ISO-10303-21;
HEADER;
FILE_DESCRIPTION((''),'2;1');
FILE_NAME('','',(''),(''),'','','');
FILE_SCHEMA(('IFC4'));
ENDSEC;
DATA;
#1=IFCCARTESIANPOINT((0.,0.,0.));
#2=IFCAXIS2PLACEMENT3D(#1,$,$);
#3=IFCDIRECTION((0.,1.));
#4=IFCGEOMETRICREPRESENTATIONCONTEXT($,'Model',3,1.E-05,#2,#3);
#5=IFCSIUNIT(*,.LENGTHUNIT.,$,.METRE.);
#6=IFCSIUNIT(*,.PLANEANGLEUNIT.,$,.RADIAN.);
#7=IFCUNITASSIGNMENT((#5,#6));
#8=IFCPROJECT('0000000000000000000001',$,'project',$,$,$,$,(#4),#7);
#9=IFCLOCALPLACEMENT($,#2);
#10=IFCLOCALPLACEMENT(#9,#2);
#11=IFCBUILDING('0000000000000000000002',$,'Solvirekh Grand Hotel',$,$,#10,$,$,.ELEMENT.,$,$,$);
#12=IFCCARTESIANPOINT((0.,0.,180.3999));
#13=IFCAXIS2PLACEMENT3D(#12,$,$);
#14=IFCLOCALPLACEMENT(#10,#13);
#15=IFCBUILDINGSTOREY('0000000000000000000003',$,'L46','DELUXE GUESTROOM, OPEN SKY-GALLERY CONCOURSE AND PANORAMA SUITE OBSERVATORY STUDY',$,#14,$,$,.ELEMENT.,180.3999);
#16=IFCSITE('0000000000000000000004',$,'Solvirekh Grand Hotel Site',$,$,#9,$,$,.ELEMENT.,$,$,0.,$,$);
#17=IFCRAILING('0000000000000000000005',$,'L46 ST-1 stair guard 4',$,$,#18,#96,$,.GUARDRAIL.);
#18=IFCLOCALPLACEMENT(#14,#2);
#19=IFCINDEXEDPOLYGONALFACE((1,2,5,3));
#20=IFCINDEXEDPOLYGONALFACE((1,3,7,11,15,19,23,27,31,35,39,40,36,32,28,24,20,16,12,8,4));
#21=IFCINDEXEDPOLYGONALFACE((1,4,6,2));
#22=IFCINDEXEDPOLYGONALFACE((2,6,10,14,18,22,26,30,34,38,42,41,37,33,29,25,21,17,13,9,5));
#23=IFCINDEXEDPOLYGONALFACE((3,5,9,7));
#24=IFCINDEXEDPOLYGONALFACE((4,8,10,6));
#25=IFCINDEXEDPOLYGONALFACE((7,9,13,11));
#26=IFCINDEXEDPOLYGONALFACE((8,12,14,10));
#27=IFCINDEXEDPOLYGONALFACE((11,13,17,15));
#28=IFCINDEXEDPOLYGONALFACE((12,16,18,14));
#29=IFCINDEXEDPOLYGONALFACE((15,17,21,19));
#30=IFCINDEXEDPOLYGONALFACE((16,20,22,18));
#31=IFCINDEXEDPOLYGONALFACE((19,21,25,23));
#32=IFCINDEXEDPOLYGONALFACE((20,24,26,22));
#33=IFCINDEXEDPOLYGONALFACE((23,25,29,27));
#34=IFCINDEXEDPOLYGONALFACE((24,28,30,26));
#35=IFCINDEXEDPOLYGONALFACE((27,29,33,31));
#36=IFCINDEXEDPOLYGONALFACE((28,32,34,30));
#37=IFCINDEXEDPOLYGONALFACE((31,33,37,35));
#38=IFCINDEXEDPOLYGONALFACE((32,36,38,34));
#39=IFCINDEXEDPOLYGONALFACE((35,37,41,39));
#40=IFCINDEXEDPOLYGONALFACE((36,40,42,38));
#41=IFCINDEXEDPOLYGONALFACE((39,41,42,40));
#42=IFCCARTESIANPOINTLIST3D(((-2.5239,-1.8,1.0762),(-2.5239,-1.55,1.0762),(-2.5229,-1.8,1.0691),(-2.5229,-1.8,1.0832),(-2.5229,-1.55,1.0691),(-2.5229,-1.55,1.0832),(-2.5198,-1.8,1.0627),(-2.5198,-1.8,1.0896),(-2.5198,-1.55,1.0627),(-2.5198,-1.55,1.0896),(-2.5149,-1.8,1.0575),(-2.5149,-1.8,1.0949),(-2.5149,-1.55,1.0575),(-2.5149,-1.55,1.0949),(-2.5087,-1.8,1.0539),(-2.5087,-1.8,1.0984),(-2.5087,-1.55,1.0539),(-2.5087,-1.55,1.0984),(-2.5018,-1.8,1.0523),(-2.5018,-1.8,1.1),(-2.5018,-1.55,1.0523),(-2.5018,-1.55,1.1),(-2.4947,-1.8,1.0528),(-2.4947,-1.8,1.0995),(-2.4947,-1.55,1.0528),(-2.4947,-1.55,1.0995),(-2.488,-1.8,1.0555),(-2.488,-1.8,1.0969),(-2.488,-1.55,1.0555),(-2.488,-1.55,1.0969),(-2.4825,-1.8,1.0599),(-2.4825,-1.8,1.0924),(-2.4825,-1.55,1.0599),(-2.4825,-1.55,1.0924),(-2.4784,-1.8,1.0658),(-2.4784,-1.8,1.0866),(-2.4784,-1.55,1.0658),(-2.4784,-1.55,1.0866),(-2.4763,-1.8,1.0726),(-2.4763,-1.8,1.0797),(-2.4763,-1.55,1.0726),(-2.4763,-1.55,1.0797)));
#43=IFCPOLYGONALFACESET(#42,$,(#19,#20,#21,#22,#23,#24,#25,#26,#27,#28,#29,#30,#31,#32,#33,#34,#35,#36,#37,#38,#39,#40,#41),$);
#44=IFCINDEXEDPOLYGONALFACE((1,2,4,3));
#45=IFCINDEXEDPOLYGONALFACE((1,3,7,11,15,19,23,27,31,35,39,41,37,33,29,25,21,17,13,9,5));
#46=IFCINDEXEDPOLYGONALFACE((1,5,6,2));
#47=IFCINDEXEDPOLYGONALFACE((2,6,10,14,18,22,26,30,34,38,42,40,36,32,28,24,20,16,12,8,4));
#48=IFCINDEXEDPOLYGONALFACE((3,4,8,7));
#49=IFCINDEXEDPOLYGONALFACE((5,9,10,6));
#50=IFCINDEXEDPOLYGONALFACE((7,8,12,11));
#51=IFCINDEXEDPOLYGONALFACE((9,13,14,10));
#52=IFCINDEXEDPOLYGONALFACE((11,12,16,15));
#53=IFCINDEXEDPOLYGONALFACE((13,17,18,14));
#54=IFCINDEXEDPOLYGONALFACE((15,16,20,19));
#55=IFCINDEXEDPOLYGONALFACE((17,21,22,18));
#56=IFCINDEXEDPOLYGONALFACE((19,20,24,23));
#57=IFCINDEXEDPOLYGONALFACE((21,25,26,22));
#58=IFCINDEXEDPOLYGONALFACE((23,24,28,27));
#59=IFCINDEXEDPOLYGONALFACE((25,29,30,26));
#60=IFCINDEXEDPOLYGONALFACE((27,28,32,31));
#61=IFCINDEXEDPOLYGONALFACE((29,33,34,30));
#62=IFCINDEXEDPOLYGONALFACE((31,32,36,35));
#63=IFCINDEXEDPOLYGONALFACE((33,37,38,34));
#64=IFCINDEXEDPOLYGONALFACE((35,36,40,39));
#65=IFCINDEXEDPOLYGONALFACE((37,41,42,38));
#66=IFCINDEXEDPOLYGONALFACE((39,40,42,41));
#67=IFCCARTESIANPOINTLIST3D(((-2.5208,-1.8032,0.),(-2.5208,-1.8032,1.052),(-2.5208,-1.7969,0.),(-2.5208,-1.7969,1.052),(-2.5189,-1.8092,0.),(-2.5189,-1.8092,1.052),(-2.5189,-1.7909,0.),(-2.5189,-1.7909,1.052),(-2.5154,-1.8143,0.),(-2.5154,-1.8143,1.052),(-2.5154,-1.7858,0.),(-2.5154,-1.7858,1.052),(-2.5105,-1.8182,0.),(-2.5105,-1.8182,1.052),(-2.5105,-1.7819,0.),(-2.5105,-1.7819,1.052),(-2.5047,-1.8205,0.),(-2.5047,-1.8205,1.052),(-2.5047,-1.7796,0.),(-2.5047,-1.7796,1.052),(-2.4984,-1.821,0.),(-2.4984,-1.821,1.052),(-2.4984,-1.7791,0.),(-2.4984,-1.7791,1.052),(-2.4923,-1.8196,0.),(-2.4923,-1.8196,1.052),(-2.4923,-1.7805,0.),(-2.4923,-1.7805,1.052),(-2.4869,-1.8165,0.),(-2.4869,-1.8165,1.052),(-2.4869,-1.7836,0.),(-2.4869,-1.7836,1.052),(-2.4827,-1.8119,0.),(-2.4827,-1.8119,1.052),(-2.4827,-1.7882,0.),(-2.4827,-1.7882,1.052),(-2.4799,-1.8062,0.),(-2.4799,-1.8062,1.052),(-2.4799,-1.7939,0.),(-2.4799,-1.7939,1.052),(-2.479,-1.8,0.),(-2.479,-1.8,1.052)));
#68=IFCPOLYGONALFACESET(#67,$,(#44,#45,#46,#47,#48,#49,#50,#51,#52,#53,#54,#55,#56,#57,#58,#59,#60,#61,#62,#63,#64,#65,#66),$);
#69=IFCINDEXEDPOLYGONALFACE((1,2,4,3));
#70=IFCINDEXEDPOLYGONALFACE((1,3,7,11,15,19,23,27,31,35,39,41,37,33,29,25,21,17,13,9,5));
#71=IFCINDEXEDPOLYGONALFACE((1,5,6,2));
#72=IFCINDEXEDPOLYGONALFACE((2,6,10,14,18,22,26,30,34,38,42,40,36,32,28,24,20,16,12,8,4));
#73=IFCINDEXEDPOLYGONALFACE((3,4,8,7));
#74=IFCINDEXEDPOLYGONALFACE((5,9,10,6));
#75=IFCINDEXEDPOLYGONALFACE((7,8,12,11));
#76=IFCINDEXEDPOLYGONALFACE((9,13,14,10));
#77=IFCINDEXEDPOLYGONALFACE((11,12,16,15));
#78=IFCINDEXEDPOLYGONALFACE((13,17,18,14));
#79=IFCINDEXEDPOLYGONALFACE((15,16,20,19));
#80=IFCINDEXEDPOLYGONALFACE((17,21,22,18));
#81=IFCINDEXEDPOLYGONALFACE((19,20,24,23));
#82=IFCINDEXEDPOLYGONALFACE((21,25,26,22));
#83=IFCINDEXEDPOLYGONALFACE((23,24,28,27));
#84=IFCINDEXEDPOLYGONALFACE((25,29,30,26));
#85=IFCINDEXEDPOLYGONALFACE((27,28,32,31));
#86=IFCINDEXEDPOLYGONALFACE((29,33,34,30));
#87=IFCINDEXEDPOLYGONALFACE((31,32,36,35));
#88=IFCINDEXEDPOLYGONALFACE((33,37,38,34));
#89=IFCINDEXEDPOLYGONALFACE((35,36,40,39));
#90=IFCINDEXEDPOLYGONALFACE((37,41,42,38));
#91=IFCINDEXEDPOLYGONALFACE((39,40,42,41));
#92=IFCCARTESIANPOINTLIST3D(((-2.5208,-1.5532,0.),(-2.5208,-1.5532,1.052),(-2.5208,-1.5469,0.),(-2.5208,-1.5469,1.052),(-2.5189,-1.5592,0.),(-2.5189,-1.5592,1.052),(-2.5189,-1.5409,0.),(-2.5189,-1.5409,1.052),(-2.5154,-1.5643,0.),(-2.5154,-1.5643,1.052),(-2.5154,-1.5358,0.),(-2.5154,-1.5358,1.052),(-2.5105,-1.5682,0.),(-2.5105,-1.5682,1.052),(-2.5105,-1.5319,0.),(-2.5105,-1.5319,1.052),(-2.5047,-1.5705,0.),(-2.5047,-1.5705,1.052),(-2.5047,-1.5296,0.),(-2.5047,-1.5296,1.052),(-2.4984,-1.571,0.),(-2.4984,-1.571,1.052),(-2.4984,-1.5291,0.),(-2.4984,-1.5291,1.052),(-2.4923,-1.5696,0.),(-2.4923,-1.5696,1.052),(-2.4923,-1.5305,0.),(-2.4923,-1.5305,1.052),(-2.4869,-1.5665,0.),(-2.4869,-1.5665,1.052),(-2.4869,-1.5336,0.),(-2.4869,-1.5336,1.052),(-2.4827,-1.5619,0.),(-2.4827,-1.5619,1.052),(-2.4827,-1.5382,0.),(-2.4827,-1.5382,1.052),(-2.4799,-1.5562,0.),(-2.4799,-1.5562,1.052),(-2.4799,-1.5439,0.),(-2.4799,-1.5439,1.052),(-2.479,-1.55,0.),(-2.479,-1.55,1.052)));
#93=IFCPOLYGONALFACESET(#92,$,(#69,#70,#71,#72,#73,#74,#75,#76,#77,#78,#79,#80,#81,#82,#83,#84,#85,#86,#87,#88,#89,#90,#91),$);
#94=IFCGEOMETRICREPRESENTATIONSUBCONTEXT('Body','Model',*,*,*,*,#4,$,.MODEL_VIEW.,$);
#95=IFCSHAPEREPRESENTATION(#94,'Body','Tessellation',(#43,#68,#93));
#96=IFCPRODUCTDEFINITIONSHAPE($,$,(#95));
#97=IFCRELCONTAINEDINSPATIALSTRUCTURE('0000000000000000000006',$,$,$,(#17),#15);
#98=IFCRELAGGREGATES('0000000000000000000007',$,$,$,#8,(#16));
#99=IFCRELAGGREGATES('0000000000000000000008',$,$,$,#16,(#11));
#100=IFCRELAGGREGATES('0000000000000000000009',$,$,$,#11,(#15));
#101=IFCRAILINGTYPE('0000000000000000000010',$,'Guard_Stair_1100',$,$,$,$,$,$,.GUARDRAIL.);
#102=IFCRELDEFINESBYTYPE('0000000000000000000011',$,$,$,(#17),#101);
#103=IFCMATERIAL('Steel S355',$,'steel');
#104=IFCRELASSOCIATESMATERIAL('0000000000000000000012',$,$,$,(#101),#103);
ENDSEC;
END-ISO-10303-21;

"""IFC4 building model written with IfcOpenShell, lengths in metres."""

from ifc_helpers import new_model, si_unit, direction, frame, origin, origin_2d, place, context, subcontext, project, spatial, circle, extrude, material, type_object, element, save


model = new_model("IFC4")

# Units and contexts
model_context = context("Model", 3, precision=1e-05, world=origin(), true_north=direction((0.0, 1.0)))
body_context = subcontext(model_context, "Body", "Model", "MODEL_VIEW")
ifc_project = project(units=[si_unit("LENGTHUNIT", "METRE"), si_unit("PLANEANGLEUNIT", "RADIAN")], contexts=[model_context])

# Site, building, storey
site_placement = place(None, origin())
site = spatial("IfcSite", under=ifc_project, at=site_placement, Name="Solvirekh Grand Hotel Site", CompositionType="ELEMENT", RefElevation=0.0)
building_placement = place(site_placement, origin())
building = spatial("IfcBuilding", under=site, at=building_placement, Name="Solvirekh Grand Hotel", CompositionType="ELEMENT")
storey_placement = place(building_placement, frame((0.0, 0.0, 180.3999)))
storey = spatial("IfcBuildingStorey", under=building, at=storey_placement, Name="L46", Description="DELUXE GUESTROOM, OPEN SKY-GALLERY CONCOURSE AND PANORAMA SUITE OBSERVATORY STUDY", CompositionType="ELEMENT", Elevation=180.3999)

# Shared definitions
ifc_material_1 = material(Name="Steel S355", Category="steel")

# Railing
railing_type_1 = type_object("IfcRailingType", Name="Guard_Stair_1100", PredefinedType="GUARDRAIL", material=ifc_material_1)
railing_1_placement = place(storey_placement, frame((-2.5, -1.8, 0.0)))
element("IfcRailing", 1, at=railing_1_placement, inside=storey, type_object=railing_type_1, Name="L46 ST-1 stair guard 4", PredefinedType="GUARDRAIL", context=body_context, shape_type="SweptSolid", body=[
    extrude(circle(Radius=0.0239, at=origin_2d()), frame((0.0, 0.0, 1.0762), z_axis=(0.0, 1.0, 0.0), x_axis=(-1.0, 0.0, 0.0)), (0.0, 0.0, 1.0), 0.25),
    extrude(circle(Radius=0.021, at=origin_2d()), origin(), (0.0, 0.0, 1.0), 1.052),
    extrude(circle(Radius=0.021, at=origin_2d()), frame((0.0, 0.25, 0.0)), (0.0, 0.0, 1.0), 1.052),
])

save(model, "model.ifc")
